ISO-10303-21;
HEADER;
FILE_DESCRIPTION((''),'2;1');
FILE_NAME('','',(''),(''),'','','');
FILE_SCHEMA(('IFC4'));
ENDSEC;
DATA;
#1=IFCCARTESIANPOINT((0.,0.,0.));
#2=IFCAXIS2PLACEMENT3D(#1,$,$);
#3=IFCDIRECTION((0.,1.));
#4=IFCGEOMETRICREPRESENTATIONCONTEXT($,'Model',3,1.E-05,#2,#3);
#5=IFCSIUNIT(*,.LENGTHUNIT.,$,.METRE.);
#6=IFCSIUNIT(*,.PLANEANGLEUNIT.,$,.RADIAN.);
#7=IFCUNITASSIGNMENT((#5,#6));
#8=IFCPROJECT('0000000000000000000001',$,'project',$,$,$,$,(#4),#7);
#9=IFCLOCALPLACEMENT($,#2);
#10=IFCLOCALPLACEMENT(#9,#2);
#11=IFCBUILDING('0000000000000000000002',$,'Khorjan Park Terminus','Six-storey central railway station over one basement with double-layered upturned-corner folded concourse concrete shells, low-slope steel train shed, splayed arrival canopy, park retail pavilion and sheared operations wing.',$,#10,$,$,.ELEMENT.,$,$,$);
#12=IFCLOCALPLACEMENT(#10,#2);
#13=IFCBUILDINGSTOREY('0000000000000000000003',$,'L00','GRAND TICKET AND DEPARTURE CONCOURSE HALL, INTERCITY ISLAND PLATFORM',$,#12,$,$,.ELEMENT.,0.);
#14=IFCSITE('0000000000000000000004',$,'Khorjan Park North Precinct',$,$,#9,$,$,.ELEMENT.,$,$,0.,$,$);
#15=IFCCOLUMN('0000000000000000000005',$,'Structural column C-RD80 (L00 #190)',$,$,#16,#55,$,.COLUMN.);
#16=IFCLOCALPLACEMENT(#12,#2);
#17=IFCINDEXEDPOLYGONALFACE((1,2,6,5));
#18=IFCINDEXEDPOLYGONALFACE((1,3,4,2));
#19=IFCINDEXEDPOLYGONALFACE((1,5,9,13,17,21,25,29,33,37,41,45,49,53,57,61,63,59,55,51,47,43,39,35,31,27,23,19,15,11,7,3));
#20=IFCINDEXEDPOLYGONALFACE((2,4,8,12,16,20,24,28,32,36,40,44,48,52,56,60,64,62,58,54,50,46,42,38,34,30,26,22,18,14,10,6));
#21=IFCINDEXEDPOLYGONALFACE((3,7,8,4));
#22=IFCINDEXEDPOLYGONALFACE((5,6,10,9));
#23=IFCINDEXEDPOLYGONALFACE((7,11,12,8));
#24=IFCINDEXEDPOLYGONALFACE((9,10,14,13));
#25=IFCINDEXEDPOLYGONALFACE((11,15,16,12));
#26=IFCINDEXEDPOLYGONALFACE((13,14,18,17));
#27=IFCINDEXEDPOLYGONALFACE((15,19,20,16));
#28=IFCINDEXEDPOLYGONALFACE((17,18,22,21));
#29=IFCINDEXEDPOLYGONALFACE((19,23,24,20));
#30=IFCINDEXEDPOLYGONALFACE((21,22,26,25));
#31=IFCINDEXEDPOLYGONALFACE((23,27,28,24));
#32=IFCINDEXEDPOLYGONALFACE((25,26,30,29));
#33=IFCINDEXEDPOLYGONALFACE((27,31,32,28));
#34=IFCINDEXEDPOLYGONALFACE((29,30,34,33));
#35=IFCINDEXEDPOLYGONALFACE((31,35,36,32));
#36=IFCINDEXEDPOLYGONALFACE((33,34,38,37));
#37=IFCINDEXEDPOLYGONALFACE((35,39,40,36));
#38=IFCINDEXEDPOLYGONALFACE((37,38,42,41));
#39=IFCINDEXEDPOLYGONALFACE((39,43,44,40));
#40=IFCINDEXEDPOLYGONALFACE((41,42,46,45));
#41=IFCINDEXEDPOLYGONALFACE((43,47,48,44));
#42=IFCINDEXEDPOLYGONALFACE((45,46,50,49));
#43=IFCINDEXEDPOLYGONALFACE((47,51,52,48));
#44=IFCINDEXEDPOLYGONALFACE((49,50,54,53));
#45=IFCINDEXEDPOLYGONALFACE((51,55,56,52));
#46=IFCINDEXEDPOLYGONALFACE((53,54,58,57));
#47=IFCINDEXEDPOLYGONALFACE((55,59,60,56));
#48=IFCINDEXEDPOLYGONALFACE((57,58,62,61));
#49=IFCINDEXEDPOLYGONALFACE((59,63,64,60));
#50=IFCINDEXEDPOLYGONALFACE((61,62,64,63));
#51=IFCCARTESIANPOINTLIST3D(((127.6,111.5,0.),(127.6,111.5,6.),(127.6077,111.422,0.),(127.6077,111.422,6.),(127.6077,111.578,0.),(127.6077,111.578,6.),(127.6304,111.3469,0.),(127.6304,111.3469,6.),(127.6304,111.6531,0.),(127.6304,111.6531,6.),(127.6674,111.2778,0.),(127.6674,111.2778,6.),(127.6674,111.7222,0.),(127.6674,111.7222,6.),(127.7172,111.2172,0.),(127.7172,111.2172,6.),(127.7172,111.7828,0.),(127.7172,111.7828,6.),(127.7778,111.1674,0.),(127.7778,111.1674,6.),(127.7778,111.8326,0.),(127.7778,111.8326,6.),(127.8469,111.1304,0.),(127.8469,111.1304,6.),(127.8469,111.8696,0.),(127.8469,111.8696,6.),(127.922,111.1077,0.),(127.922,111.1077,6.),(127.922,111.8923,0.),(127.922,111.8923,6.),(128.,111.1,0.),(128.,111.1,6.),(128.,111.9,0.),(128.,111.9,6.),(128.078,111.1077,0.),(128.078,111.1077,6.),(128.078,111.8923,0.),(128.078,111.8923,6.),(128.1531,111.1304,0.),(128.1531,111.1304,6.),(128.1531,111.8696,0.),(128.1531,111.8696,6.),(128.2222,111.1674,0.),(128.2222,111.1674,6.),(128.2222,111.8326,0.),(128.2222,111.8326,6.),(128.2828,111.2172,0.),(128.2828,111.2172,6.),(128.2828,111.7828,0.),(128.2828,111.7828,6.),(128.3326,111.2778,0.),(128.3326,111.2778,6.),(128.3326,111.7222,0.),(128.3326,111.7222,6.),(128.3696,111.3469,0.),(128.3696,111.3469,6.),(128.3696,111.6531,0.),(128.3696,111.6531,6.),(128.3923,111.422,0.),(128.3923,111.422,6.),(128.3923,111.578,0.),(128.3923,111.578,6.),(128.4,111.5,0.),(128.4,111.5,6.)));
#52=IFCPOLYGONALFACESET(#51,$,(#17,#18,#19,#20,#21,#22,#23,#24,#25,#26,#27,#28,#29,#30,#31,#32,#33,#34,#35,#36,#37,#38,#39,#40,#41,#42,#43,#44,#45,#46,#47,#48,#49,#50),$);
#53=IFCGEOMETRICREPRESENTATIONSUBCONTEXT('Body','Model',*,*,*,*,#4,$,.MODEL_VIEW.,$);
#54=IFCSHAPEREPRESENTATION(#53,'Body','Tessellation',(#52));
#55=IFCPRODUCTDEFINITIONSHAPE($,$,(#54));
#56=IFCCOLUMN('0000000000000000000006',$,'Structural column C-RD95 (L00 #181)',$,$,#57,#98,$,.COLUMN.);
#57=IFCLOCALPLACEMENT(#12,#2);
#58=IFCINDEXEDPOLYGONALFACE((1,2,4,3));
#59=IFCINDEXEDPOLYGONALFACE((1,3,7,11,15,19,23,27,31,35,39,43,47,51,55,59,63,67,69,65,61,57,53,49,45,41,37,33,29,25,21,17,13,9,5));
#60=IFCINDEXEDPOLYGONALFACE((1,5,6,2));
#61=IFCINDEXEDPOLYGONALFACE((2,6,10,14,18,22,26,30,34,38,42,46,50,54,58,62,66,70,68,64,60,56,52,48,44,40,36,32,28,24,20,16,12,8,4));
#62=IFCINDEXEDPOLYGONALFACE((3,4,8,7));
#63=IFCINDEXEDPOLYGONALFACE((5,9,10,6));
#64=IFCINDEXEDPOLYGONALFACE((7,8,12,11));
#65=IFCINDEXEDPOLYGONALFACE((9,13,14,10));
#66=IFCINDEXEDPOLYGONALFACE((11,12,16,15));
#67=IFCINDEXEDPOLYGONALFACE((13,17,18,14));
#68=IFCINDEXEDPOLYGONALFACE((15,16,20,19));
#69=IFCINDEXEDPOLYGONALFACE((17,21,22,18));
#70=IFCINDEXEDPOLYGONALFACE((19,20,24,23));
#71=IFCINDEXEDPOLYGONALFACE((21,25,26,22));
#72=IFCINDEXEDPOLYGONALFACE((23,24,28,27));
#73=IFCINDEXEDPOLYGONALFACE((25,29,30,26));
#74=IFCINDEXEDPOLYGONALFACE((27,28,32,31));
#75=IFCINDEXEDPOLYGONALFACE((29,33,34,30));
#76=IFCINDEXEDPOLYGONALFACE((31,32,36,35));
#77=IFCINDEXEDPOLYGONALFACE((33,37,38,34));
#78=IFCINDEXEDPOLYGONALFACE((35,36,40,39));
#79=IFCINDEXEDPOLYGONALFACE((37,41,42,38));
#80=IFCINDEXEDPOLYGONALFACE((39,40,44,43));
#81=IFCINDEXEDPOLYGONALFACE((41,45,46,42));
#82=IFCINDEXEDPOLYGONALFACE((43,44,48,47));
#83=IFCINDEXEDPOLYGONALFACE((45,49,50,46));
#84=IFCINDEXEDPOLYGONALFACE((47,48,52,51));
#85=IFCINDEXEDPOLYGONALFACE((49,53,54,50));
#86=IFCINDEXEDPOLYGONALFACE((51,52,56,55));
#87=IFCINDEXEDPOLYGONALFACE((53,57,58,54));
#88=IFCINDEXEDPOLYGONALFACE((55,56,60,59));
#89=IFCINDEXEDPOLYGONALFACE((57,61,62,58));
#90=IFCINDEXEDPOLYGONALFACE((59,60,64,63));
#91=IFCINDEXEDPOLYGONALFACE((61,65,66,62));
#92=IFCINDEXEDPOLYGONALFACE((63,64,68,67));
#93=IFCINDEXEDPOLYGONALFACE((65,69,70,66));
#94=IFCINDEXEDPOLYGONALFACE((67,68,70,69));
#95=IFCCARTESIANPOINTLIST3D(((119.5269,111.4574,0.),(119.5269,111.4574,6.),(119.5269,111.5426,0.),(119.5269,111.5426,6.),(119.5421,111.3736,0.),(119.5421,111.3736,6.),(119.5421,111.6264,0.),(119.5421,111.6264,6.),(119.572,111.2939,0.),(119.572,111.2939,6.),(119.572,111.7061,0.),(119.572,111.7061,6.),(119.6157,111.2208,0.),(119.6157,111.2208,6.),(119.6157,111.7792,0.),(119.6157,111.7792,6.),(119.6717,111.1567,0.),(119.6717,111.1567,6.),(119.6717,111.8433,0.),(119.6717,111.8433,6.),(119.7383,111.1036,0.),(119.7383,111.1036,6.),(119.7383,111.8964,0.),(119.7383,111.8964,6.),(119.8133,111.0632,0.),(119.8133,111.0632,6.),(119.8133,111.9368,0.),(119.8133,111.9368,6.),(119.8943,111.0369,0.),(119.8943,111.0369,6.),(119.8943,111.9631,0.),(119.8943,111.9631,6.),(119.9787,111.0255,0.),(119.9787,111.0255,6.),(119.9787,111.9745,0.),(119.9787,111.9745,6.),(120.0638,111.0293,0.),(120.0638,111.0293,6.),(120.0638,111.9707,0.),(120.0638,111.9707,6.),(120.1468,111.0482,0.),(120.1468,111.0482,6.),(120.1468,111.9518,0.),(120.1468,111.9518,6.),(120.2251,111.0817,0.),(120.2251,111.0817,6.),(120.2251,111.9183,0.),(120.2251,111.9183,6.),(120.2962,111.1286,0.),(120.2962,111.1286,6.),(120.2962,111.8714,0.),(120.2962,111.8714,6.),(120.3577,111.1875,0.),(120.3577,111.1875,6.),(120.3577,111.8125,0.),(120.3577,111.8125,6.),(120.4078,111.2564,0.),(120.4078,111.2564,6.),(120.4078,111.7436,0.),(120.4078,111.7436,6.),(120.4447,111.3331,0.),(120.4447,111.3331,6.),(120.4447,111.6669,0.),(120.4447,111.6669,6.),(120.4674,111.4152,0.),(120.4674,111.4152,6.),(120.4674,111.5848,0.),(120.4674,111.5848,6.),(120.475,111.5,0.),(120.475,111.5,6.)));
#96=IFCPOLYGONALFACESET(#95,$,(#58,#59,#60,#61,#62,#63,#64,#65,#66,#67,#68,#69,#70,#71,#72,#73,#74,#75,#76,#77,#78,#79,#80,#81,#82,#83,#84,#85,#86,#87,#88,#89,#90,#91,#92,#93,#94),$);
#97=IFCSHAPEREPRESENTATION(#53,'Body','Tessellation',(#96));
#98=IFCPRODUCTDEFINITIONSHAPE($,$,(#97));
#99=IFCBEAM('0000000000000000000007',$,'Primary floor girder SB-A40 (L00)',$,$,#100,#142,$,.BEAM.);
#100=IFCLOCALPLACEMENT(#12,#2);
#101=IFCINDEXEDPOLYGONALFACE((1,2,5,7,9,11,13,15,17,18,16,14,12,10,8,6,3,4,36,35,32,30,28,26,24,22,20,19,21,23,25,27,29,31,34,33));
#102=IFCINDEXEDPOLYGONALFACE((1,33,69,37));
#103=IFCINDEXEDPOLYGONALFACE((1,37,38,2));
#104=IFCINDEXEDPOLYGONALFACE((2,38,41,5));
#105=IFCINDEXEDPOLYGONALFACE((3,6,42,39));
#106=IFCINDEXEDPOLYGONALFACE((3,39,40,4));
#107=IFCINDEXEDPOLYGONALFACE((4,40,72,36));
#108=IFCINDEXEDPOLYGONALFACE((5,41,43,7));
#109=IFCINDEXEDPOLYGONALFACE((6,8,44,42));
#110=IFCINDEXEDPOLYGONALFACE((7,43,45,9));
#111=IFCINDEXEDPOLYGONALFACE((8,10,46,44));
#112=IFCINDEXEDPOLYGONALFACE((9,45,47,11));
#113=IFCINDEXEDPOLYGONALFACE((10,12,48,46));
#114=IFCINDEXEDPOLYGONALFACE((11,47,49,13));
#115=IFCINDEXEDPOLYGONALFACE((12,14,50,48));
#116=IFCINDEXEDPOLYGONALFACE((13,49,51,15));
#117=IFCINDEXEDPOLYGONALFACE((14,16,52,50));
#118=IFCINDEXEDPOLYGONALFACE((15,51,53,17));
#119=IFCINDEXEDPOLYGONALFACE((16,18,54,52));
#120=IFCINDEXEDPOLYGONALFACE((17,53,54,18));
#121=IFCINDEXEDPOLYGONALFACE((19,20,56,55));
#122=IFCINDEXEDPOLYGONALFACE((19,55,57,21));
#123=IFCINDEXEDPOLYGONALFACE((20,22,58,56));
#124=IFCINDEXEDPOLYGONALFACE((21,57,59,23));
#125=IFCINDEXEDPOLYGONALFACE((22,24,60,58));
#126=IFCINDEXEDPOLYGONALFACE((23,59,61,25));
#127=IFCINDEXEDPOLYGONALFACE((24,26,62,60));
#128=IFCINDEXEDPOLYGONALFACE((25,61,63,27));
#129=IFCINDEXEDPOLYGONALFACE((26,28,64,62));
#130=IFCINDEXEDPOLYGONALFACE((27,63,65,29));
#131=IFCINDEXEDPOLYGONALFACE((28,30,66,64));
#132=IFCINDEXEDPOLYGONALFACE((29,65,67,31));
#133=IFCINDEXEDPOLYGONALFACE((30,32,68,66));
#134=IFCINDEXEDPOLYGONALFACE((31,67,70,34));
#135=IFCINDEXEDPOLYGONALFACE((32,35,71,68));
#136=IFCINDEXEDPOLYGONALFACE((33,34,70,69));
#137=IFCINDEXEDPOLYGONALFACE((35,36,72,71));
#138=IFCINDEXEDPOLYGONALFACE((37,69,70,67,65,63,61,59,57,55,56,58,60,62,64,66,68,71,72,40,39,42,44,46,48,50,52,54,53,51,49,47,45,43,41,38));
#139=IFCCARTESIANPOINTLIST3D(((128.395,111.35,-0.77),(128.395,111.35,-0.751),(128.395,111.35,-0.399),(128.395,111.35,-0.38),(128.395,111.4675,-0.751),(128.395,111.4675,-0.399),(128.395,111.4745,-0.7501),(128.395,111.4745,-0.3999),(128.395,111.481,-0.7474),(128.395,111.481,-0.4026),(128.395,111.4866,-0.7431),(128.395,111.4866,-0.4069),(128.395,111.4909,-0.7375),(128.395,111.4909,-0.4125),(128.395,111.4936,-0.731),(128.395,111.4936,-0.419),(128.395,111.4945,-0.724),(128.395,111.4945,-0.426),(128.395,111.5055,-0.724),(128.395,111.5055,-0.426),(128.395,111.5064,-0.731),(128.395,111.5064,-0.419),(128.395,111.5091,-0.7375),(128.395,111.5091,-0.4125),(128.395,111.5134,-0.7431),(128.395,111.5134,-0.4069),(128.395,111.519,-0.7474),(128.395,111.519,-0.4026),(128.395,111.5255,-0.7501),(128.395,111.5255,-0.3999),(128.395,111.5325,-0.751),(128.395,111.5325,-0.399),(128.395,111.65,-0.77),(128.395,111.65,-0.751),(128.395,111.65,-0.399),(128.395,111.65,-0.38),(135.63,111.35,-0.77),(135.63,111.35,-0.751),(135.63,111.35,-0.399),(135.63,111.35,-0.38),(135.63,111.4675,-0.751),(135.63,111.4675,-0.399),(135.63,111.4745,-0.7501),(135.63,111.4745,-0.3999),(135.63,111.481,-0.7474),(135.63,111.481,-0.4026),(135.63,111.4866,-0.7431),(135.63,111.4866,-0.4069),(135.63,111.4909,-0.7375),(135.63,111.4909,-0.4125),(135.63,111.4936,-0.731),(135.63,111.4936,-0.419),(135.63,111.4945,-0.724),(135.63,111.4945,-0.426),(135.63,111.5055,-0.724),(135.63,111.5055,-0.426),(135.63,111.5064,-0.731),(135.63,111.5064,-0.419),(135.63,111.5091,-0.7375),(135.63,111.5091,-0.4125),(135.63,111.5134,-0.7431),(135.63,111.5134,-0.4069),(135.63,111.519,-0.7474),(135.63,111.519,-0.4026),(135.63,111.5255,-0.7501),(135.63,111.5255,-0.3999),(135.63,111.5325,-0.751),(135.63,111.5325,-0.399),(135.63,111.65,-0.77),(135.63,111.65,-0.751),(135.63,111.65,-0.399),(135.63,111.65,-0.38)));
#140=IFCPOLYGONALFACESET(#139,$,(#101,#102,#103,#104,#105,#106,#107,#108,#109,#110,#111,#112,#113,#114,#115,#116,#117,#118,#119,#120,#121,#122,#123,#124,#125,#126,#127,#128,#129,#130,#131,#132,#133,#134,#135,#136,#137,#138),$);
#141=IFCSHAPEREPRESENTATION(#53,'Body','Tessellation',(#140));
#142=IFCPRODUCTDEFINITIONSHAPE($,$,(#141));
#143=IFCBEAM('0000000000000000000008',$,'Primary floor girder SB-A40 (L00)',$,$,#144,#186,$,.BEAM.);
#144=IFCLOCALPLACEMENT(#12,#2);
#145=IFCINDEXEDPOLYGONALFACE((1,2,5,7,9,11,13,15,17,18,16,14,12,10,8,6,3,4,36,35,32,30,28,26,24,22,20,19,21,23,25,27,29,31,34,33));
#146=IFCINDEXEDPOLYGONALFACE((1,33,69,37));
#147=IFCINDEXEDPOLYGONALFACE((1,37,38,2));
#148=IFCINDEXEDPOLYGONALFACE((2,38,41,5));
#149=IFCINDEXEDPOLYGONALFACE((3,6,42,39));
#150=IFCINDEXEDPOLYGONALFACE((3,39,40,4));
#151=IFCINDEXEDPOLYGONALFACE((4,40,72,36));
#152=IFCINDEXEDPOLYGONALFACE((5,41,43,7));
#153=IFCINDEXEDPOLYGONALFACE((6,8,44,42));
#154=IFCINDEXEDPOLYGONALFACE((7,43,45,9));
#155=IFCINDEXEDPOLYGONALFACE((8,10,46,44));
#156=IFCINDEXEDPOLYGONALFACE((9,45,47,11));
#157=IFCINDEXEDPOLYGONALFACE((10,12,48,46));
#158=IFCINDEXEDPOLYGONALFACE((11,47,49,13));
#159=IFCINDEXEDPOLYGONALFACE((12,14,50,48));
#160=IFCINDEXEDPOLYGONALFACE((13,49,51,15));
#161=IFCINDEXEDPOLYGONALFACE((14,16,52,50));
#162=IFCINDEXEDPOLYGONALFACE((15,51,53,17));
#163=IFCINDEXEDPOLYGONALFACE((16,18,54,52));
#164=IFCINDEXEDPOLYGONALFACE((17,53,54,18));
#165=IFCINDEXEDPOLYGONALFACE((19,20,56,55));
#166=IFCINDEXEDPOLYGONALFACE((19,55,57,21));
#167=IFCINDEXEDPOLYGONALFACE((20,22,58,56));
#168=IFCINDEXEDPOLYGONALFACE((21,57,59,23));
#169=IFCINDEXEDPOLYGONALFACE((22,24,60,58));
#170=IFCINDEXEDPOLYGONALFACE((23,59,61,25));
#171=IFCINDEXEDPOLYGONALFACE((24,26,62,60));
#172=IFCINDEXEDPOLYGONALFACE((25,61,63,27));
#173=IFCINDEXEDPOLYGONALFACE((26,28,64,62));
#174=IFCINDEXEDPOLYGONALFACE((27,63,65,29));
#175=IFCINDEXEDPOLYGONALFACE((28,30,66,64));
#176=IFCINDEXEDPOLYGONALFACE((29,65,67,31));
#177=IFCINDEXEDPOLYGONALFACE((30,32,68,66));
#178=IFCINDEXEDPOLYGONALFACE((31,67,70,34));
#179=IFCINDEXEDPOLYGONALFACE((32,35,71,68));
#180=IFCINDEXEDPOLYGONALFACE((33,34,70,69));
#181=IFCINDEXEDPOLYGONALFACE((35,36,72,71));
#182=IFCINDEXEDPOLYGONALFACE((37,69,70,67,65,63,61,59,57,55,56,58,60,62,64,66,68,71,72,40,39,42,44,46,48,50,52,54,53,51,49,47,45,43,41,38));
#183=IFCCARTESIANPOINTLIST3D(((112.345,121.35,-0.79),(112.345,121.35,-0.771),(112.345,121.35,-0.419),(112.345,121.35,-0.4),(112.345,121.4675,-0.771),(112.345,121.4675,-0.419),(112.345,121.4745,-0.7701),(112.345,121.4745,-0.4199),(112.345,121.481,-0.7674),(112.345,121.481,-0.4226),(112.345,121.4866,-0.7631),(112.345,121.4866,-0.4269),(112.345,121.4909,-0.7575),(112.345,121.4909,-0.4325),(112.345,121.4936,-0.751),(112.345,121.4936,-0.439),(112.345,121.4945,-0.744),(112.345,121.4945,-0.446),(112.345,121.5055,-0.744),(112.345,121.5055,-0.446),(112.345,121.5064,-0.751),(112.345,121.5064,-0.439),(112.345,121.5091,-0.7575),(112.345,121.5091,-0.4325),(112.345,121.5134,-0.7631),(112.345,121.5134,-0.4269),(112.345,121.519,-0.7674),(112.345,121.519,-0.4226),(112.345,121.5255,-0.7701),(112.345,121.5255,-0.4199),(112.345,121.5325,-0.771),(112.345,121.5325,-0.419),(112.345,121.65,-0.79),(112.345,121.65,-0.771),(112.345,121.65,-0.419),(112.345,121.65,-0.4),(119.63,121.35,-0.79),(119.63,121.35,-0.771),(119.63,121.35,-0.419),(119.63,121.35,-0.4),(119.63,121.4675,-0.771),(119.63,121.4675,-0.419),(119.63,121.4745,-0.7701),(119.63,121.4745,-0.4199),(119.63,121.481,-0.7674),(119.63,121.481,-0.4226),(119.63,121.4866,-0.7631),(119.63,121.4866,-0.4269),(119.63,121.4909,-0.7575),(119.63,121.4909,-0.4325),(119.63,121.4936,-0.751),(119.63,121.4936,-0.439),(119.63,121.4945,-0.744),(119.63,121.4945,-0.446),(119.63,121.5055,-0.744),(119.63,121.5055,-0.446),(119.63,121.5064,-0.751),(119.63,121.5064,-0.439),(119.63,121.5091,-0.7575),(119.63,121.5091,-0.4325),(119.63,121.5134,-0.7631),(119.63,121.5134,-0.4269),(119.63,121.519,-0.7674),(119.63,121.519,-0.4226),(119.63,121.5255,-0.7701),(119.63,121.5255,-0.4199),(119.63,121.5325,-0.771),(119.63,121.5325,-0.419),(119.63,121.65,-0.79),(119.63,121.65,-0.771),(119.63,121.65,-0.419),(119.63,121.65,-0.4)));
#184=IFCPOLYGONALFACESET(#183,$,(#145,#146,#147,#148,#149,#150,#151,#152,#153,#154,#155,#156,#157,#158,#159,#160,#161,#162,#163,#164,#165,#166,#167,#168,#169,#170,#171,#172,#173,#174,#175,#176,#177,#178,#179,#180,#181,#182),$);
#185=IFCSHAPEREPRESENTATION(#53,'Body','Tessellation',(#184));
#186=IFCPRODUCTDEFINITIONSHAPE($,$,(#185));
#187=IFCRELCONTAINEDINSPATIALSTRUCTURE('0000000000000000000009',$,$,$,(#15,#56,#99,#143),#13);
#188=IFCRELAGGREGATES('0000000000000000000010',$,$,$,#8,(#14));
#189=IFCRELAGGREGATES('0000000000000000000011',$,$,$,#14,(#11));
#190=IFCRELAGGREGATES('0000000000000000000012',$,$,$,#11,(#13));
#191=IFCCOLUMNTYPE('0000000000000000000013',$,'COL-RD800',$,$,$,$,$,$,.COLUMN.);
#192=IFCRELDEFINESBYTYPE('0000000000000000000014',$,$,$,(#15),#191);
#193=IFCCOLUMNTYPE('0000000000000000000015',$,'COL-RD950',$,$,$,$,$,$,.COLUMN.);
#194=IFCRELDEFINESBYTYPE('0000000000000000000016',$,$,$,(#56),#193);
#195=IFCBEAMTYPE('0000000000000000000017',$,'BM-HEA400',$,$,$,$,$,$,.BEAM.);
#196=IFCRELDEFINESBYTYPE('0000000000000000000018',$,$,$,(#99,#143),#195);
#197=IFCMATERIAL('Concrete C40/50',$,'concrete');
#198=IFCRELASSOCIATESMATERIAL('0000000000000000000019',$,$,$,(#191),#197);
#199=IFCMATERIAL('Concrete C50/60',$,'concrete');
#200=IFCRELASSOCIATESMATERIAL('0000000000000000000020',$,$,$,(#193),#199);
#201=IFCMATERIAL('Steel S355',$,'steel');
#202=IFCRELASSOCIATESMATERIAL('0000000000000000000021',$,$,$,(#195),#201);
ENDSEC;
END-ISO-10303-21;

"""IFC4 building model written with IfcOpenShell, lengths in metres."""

from ifc_helpers import new_model, si_unit, direction, frame, origin, origin_2d, place, context, subcontext, project, spatial, circle, i_section, extrude, material, material_profile, profile_set, type_object, element, save


model = new_model("IFC4")

# Units and contexts
model_context = context("Model", 3, precision=1e-05, world=origin(), true_north=direction((0.0, 1.0)))
body_context = subcontext(model_context, "Body", "Model", "MODEL_VIEW")
ifc_project = project(units=[si_unit("LENGTHUNIT", "METRE"), si_unit("PLANEANGLEUNIT", "RADIAN")], contexts=[model_context])

# Site, building, storey
site_placement = place(None, origin())
site = spatial("IfcSite", under=ifc_project, at=site_placement, Name="Khorjan Park North Precinct", CompositionType="ELEMENT", RefElevation=0.0)
building_placement = place(site_placement, origin())
building = spatial("IfcBuilding", under=site, at=building_placement, Name="Khorjan Park Terminus", Description="Six-storey central railway station over one basement with double-layered upturned-corner folded concourse concrete shells, low-slope steel train shed, splayed arrival canopy, park retail pavilion and sheared operations wing.", CompositionType="ELEMENT")
storey_placement = place(building_placement, origin())
storey = spatial("IfcBuildingStorey", under=building, at=storey_placement, Name="L00", Description="GRAND TICKET AND DEPARTURE CONCOURSE HALL, INTERCITY ISLAND PLATFORM", CompositionType="ELEMENT", Elevation=0.0)

# Columns
ifc_material_1 = material(Name="Steel S355", Category="steel")
ifc_material_2 = material(Name="Concrete C40/50", Category="concrete")
ifc_material_profile_1 = material_profile(ifc_material_2, circle(Radius=0.4, at=origin_2d()), Name="RC D800")
ifc_profile_set_1 = profile_set([ifc_material_profile_1], Name="Concrete C40/50")
column_type_1 = type_object("IfcColumnType", Name="COL-RD800", PredefinedType="COLUMN", material=ifc_profile_set_1)
for number, where, z_axis, x_axis, name in (
    (1, (128.0, 111.5, 0.0), (0.0, 0.0, 1.0), (1.0, 0.0, 0.0), "Structural column C-RD80 (L00 #190)"),
):
    element("IfcColumn", number, at=place(storey_placement, frame(where, z_axis=z_axis, x_axis=x_axis)), inside=storey, type_object=column_type_1, Name=name, PredefinedType="COLUMN", context=body_context, shape_type="SweptSolid", body=[
        extrude(circle(Radius=0.4, at=origin_2d()), origin(), (0.0, 0.0, 1.0), 6.0),
    ])
ifc_material_3 = material(Name="Concrete C50/60", Category="concrete")
ifc_material_profile_2 = material_profile(ifc_material_3, circle(Radius=0.475, at=origin_2d()), Name="RC D950")
ifc_profile_set_2 = profile_set([ifc_material_profile_2], Name="Concrete C50/60")
column_type_2 = type_object("IfcColumnType", Name="COL-RD950", PredefinedType="COLUMN", material=ifc_profile_set_2)
column_placement = place(storey_placement, frame((120.0, 111.5, 0.0), z_axis=(0.0, 0.0, 1.0), x_axis=(1.0, 0.0, 0.0)))
element("IfcColumn", 2, at=column_placement, inside=storey, type_object=column_type_2, Name="Structural column C-RD95 (L00 #181)", PredefinedType="COLUMN", context=body_context, shape_type="SweptSolid", body=[
    extrude(circle(Radius=0.475, at=origin_2d()), origin(), (0.0, 0.0, 1.0), 6.0),
])

# Beams
ifc_material_profile_3 = material_profile(ifc_material_1, i_section(OverallWidth=0.3, OverallDepth=0.39, WebThickness=0.011, FlangeThickness=0.019, FilletRadius=0.027, at=origin_2d()), Name="HEA 400")
ifc_profile_set_3 = profile_set([ifc_material_profile_3], Name="Steel S355")
beam_type_1 = type_object("IfcBeamType", Name="BM-HEA400", PredefinedType="BEAM", material=ifc_profile_set_3)
beam_1_placement = place(storey_placement, frame((128.395, 111.5, -0.575), z_axis=(1.0, 0.0, 0.0), x_axis=(0.0, 1.0, 0.0)))
element("IfcBeam", 3, at=beam_1_placement, inside=storey, type_object=beam_type_1, Name="Primary floor girder SB-A40 (L00)", PredefinedType="BEAM", context=body_context, shape_type="SweptSolid", body=[
    extrude(i_section(OverallWidth=0.3, OverallDepth=0.39, WebThickness=0.011, FlangeThickness=0.019, FilletRadius=0.027, at=origin_2d()), origin(), (0.0, 0.0, 1.0), 7.235),
])
beam_2_placement = place(storey_placement, frame((112.345, 121.5, -0.595), z_axis=(1.0, 0.0, 0.0), x_axis=(0.0, 1.0, 0.0)))
element("IfcBeam", 4, at=beam_2_placement, inside=storey, type_object=beam_type_1, Name="Primary floor girder SB-A40 (L00)", PredefinedType="BEAM", context=body_context, shape_type="SweptSolid", body=[
    extrude(i_section(OverallWidth=0.3, OverallDepth=0.39, WebThickness=0.011, FlangeThickness=0.019, FilletRadius=0.027, at=origin_2d()), origin(), (0.0, 0.0, 1.0), 7.285),
])

save(model, "model.ifc")
